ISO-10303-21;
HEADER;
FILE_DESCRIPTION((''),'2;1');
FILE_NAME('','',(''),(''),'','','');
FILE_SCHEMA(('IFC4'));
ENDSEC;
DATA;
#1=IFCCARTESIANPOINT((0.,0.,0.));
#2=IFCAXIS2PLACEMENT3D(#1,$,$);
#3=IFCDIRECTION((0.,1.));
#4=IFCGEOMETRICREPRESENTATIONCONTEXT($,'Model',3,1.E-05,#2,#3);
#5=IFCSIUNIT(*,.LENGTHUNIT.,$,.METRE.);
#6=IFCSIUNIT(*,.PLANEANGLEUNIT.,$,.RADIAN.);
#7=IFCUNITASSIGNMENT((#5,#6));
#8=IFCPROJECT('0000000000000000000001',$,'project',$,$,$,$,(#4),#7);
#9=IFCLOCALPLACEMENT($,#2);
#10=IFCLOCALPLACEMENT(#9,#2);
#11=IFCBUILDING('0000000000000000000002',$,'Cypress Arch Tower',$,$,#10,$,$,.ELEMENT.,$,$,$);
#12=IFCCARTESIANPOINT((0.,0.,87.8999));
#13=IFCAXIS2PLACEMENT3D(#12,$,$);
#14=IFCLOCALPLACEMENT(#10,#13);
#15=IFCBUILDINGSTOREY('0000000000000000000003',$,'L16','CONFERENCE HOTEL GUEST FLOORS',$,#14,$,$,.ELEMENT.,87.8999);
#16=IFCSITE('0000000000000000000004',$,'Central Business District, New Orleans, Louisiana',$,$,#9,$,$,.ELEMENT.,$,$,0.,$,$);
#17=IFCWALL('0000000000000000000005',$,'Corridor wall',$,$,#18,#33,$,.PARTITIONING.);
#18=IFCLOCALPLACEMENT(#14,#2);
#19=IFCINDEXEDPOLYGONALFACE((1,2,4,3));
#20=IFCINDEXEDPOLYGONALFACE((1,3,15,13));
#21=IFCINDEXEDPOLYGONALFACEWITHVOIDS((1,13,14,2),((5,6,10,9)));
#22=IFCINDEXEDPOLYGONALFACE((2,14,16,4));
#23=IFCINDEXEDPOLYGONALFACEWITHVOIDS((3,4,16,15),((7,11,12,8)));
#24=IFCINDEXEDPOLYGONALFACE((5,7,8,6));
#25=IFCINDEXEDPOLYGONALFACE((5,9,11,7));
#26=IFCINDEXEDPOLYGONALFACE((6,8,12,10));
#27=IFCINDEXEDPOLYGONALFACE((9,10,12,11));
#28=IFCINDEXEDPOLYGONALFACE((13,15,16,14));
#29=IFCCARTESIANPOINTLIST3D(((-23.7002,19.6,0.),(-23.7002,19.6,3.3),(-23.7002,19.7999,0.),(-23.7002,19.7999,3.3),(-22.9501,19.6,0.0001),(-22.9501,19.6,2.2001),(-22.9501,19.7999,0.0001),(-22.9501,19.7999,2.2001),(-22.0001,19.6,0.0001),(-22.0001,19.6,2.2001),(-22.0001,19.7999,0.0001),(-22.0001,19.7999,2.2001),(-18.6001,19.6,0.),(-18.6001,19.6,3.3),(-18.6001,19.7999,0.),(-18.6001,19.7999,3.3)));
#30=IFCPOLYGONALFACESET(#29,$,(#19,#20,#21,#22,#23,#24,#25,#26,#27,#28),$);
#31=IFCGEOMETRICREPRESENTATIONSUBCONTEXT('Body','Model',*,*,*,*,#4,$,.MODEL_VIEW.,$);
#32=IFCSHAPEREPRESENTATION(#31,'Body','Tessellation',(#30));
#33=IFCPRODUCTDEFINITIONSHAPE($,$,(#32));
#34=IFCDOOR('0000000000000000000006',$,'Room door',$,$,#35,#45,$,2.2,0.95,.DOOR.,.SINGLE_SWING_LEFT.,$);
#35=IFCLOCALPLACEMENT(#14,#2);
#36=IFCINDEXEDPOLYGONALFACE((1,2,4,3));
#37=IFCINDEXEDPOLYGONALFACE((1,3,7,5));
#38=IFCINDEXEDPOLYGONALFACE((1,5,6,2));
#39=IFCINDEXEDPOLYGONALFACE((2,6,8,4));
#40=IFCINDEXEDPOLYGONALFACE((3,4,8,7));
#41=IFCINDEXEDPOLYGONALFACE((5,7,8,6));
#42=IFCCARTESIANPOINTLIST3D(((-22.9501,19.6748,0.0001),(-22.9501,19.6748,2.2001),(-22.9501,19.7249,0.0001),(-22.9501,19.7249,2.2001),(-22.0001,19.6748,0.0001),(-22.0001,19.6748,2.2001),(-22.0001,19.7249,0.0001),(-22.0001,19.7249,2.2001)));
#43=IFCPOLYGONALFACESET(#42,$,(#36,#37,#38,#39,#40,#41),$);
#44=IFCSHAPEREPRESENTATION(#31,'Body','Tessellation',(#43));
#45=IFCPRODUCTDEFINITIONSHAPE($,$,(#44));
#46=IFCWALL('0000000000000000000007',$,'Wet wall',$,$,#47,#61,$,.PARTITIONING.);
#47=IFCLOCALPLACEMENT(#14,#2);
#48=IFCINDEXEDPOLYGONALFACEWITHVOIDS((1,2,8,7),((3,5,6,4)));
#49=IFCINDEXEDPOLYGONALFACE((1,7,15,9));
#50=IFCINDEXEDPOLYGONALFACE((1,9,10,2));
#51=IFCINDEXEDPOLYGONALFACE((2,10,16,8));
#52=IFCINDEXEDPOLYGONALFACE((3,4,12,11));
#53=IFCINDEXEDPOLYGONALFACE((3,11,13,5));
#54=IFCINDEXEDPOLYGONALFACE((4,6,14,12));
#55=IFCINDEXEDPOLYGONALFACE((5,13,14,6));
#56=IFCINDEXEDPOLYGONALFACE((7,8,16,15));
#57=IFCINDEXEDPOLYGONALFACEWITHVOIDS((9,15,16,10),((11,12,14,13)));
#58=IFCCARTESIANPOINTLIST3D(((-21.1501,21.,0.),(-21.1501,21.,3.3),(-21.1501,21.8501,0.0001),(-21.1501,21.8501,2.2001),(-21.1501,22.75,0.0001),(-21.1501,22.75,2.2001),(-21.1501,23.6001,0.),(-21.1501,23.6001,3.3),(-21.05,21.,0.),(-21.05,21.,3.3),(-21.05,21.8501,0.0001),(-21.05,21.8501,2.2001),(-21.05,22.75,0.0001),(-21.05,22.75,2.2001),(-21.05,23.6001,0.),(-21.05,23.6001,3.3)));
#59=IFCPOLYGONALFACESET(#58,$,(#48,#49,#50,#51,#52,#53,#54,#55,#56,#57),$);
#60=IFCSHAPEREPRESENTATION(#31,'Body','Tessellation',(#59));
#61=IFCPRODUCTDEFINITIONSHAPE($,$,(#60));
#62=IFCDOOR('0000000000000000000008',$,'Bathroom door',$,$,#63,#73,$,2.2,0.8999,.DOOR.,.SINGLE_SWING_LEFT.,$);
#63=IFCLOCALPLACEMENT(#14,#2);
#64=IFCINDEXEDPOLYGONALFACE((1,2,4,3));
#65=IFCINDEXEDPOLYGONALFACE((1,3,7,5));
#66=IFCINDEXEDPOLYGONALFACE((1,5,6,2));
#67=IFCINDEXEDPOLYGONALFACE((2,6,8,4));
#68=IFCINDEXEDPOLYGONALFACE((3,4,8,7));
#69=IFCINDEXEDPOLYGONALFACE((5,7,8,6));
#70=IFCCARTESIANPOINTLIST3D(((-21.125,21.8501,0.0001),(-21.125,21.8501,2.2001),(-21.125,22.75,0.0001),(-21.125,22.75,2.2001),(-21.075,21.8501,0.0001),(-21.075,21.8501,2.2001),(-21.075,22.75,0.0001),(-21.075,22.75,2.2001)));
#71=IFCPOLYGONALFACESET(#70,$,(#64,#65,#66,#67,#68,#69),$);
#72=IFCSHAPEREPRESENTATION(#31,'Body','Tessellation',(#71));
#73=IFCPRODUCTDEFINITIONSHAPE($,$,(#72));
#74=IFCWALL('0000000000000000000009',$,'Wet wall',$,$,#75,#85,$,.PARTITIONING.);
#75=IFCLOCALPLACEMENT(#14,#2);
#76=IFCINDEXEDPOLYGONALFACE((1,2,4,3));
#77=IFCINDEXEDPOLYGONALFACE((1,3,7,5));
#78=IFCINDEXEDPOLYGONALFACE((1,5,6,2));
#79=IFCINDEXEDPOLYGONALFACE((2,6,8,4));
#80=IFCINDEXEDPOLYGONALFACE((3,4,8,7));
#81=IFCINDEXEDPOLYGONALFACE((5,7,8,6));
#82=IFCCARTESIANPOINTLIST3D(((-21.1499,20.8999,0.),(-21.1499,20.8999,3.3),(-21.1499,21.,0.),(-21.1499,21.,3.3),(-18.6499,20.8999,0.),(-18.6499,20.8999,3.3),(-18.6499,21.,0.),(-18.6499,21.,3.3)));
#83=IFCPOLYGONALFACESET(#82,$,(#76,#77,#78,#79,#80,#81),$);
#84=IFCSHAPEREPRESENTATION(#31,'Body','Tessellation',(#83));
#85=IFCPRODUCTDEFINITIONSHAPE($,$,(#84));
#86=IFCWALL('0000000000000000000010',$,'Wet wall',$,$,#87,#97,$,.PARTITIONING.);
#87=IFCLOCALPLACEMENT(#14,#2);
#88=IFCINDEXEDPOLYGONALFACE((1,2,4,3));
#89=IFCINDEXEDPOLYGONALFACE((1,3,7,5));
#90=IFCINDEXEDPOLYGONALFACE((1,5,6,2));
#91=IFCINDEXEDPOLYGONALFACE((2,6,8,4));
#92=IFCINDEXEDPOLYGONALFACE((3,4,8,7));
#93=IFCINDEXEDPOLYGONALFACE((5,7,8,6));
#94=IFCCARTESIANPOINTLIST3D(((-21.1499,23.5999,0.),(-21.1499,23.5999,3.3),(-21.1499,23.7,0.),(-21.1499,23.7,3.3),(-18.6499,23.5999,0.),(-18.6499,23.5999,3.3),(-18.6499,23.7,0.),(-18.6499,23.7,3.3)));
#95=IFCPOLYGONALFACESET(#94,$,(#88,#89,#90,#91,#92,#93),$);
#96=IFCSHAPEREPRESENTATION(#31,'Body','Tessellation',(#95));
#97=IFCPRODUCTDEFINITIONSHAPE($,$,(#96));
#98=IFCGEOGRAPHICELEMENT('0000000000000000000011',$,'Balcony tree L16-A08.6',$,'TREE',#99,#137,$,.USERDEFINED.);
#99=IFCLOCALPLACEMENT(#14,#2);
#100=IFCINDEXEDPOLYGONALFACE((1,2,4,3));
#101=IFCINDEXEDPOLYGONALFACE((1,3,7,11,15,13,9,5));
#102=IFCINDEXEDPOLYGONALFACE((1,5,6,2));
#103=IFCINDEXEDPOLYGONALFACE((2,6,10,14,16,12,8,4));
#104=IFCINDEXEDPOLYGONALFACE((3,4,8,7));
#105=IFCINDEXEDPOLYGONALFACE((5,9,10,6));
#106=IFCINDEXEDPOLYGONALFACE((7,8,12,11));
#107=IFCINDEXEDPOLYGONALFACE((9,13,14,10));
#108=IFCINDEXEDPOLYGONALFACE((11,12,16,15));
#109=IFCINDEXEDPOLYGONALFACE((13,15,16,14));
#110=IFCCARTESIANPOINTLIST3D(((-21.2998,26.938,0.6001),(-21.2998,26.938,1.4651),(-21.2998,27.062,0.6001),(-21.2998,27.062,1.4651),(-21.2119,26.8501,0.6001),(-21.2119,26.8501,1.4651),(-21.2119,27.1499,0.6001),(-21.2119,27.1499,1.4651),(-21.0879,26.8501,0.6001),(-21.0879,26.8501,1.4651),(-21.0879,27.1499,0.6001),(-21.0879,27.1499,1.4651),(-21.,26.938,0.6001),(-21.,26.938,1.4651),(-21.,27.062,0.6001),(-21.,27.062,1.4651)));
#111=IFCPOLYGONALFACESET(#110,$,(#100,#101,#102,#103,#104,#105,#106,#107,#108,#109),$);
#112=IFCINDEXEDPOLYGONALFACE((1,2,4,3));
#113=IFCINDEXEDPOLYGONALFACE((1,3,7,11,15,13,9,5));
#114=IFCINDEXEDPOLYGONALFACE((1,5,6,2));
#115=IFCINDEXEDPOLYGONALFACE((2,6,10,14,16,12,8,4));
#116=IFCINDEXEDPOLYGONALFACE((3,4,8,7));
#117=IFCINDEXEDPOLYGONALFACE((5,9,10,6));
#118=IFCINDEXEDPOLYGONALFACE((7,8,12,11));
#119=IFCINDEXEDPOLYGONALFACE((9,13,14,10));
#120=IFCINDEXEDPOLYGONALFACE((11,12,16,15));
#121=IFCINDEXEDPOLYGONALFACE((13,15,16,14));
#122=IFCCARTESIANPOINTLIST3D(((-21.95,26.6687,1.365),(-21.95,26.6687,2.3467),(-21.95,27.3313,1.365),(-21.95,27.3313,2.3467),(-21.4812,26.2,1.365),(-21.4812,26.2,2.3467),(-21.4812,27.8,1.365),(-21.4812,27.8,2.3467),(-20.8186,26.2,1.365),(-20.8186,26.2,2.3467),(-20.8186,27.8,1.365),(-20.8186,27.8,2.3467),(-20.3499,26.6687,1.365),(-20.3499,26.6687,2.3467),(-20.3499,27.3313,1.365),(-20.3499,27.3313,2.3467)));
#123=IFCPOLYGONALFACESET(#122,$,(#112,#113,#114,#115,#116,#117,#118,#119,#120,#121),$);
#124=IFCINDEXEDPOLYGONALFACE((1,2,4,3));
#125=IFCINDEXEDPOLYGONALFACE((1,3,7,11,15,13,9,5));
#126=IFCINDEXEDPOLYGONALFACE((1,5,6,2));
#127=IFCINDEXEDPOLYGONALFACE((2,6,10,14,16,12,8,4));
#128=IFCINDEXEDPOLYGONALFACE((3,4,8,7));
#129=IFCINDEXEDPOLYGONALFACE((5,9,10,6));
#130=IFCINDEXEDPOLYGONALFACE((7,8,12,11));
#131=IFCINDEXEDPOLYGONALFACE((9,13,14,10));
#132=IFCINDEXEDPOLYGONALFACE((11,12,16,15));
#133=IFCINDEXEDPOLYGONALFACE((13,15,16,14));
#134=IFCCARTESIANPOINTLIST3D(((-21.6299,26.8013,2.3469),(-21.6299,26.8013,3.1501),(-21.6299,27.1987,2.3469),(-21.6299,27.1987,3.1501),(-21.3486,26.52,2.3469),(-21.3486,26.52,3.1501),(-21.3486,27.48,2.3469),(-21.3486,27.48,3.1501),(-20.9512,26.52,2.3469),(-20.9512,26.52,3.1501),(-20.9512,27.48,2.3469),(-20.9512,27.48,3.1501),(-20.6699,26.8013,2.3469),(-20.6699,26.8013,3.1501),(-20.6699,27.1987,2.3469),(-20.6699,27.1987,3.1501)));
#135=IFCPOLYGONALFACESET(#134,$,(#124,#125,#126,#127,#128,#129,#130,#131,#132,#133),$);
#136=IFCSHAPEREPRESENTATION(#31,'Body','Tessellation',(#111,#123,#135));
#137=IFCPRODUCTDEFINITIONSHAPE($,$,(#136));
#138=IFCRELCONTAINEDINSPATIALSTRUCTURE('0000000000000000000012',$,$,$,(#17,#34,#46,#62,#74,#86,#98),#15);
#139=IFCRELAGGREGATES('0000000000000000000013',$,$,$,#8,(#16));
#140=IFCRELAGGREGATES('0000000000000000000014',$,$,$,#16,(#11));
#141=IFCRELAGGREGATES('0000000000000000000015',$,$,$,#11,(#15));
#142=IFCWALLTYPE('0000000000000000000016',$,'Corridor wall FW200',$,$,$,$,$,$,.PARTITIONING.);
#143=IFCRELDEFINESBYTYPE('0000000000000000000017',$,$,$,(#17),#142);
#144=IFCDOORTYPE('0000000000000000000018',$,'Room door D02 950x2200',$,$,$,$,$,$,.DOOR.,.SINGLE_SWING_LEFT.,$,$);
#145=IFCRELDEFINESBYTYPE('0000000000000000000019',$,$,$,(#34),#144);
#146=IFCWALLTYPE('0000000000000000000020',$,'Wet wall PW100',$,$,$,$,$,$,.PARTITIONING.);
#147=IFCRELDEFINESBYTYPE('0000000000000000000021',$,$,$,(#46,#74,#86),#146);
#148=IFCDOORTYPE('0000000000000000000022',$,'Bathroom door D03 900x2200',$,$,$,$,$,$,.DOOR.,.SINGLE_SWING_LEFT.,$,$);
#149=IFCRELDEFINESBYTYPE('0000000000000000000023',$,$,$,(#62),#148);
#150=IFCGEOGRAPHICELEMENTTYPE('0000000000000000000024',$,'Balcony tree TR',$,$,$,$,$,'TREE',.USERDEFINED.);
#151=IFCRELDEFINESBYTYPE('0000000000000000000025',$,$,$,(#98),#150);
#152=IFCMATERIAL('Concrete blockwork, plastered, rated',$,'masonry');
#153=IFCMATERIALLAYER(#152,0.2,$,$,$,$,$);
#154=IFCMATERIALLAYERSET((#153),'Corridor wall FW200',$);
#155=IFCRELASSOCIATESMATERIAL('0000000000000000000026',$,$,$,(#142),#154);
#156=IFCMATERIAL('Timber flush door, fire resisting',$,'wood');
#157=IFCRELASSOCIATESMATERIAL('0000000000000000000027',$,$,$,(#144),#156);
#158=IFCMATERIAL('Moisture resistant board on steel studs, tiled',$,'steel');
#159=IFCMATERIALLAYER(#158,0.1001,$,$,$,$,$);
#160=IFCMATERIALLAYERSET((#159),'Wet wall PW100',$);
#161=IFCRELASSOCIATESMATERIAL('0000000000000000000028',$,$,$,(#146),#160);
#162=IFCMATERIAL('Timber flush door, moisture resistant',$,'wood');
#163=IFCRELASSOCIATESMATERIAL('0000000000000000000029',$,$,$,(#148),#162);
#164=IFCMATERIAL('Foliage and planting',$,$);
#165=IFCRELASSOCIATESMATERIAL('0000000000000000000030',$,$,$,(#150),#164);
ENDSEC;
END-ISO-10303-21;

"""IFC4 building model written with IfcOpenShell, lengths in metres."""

from ifc_helpers import new_model, si_unit, direction, frame, frame_2d, origin, place, context, subcontext, project, spatial, polyline, rectangle, outline, extrude, material, layer, layer_set, type_object, element, fill, save


model = new_model("IFC4")

# Units and contexts
model_context = context("Model", 3, precision=1e-05, world=origin(), true_north=direction((0.0, 1.0)))
body_context = subcontext(model_context, "Body", "Model", "MODEL_VIEW")
ifc_project = project(units=[si_unit("LENGTHUNIT", "METRE"), si_unit("PLANEANGLEUNIT", "RADIAN")], contexts=[model_context])

# Site, building, storey
site_placement = place(None, origin())
site = spatial("IfcSite", under=ifc_project, at=site_placement, Name="Central Business District, New Orleans, Louisiana", CompositionType="ELEMENT", RefElevation=0.0)
building_placement = place(site_placement, origin())
building = spatial("IfcBuilding", under=site, at=building_placement, Name="Cypress Arch Tower", CompositionType="ELEMENT")
storey_placement = place(building_placement, frame((0.0, 0.0, 87.8999)))
storey = spatial("IfcBuildingStorey", under=building, at=storey_placement, Name="L16", Description="CONFERENCE HOTEL GUEST FLOORS", CompositionType="ELEMENT", Elevation=87.8999)

# Walls, openings, doors
ifc_material_1 = material(Name="Concrete blockwork, plastered, rated", Category="masonry")
ifc_layer_1 = layer(ifc_material_1, 0.2)
ifc_layer_set_1 = layer_set([ifc_layer_1], Name="Corridor wall FW200")
wall_type_1 = type_object("IfcWallType", Name="Corridor wall FW200", PredefinedType="PARTITIONING", material=ifc_layer_set_1)
wall_1_placement = place(storey_placement, frame((-23.7002, 19.7, 0.0), z_axis=(0.0, 0.0, 1.0), x_axis=(1.0, 0.0, 0.0)))
wall_1 = element("IfcWall", 1, at=wall_1_placement, inside=storey, type_object=wall_type_1, Name="Corridor wall", PredefinedType="PARTITIONING", context=body_context, shape_type="SweptSolid", body=[
    extrude(rectangle(XDim=5.1001, YDim=0.2, at=frame_2d((2.55, 0.0))), origin(), (0.0, 0.0, 1.0), 3.3),
])
opening_1_placement = place(wall_1_placement, frame((0.75, 0.0, 0.0)))
opening_1 = element("IfcOpeningElement", 2, at=opening_1_placement, cuts=wall_1, PredefinedType="OPENING", context=body_context, shape_type="SweptSolid", body=[
    extrude(rectangle(XDim=0.95, YDim=2.2, at=frame_2d((0.4751, 1.1001))), frame((0.0, 0.1099, 0.0), z_axis=(0.0, -1.0, 0.0), x_axis=(1.0, 0.0, 0.0)), (0.0, 0.0, 1.0), 0.22),
])
ifc_material_2 = material(Name="Timber flush door, fire resisting", Category="wood")
door_type_1 = type_object("IfcDoorType", Name="Room door D02 950x2200", OperationType="SINGLE_SWING_LEFT", PredefinedType="DOOR", material=ifc_material_2)
door_1_placement = place(opening_1_placement, origin())
door_1 = element("IfcDoor", 3, at=door_1_placement, inside=storey, type_object=door_type_1, Name="Room door", OperationType="SINGLE_SWING_LEFT", OverallHeight=2.2, OverallWidth=0.95, PredefinedType="DOOR", context=body_context, shape_type="SweptSolid", body=[
    extrude(rectangle(XDim=0.95, YDim=2.2, at=frame_2d((0.4751, 1.1001))), frame((0.0, 0.0249, 0.0), z_axis=(0.0, -1.0, 0.0), x_axis=(1.0, 0.0, 0.0)), (0.0, 0.0, 1.0), 0.05),
])
fill(opening_1, door_1)
ifc_material_3 = material(Name="Moisture resistant board on steel studs, tiled", Category="steel")
ifc_layer_2 = layer(ifc_material_3, 0.1001)
ifc_layer_set_2 = layer_set([ifc_layer_2], Name="Wet wall PW100")
wall_type_2 = type_object("IfcWallType", Name="Wet wall PW100", PredefinedType="PARTITIONING", material=ifc_layer_set_2)
wall_2_placement = place(storey_placement, frame((-21.1001, 21.0, 0.0), z_axis=(0.0, 0.0, 1.0), x_axis=(0.0, 1.0, 0.0)))
wall_2 = element("IfcWall", 4, at=wall_2_placement, inside=storey, type_object=wall_type_2, Name="Wet wall", PredefinedType="PARTITIONING", context=body_context, shape_type="SweptSolid", body=[
    extrude(rectangle(XDim=2.6001, YDim=0.1001, at=frame_2d((1.3, 0.0))), origin(), (0.0, 0.0, 1.0), 3.3),
])
opening_2_placement = place(wall_2_placement, frame((0.8501, 0.0, 0.0)))
opening_2 = element("IfcOpeningElement", 5, at=opening_2_placement, cuts=wall_2, PredefinedType="OPENING", context=body_context, shape_type="SweptSolid", body=[
    extrude(rectangle(XDim=0.8999, YDim=2.2, at=frame_2d((0.45, 1.1001))), frame((0.0, 0.0601, 0.0), z_axis=(0.0, -1.0, 0.0), x_axis=(1.0, 0.0, 0.0)), (0.0, 0.0, 1.0), 0.1201),
])
ifc_material_4 = material(Name="Timber flush door, moisture resistant", Category="wood")
door_type_2 = type_object("IfcDoorType", Name="Bathroom door D03 900x2200", OperationType="SINGLE_SWING_LEFT", PredefinedType="DOOR", material=ifc_material_4)
door_2_placement = place(opening_2_placement, origin())
door_2 = element("IfcDoor", 6, at=door_2_placement, inside=storey, type_object=door_type_2, Name="Bathroom door", OperationType="SINGLE_SWING_LEFT", OverallHeight=2.2, OverallWidth=0.8999, PredefinedType="DOOR", context=body_context, shape_type="SweptSolid", body=[
    extrude(rectangle(XDim=0.8999, YDim=2.2, at=frame_2d((0.45, 1.1001))), frame((0.0, 0.0249, 0.0), z_axis=(0.0, -1.0, 0.0), x_axis=(1.0, 0.0, 0.0)), (0.0, 0.0, 1.0), 0.05),
])
fill(opening_2, door_2)

# Walls
for number, where, z_axis, x_axis, name in (
    (7, (-21.1499, 20.95, 0.0), (0.0, 0.0, 1.0), (1.0, 0.0, 0.0), "Wet wall"),
    (8, (-21.1499, 23.6499, 0.0), (0.0, 0.0, 1.0), (1.0, 0.0, 0.0), "Wet wall"),
):
    element("IfcWall", number, at=place(storey_placement, frame(where, z_axis=z_axis, x_axis=x_axis)), inside=storey, type_object=wall_type_2, Name=name, PredefinedType="PARTITIONING", context=body_context, shape_type="SweptSolid", body=[
        extrude(rectangle(XDim=2.5, YDim=0.1001, at=frame_2d((1.25, 0.0))), origin(), (0.0, 0.0, 1.0), 3.3),
    ])

# Geographic element
ifc_material_5 = material(Name="Foliage and planting")
geographic_element_type = type_object("IfcGeographicElementType", Name="Balcony tree TR", ElementType="TREE", PredefinedType="USERDEFINED", material=ifc_material_5)
geographic_element_placement = place(storey_placement, frame((-21.1499, 27.0, 0.6001), z_axis=(0.0, 0.0, 1.0), x_axis=(1.0, 0.0, 0.0)))
element("IfcGeographicElement", 9, at=geographic_element_placement, inside=storey, type_object=geographic_element_type, Name="Balcony tree L16-A08.6", ObjectType="TREE", PredefinedType="USERDEFINED", context=body_context, shape_type="SweptSolid", body=[
    extrude(outline(polyline([(0.1499, 0.062), (0.062, 0.1499), (-0.062, 0.1499), (-0.1499, 0.062), (-0.1499, -0.062), (-0.062, -0.1499), (0.062, -0.1499), (0.1499, -0.062), (0.1499, 0.062)])), origin(), (0.0, 0.0, 1.0), 0.865),
    extrude(outline(polyline([(0.8, 0.3313), (0.3313, 0.8), (-0.3313, 0.8), (-0.8, 0.3313), (-0.8, -0.3313), (-0.3313, -0.8), (0.3313, -0.8), (0.8, -0.3313), (0.8, 0.3313)])), frame((0.0, 0.0, 0.7649)), (0.0, 0.0, 1.0), 0.9817),
    extrude(outline(polyline([(0.48, 0.1987), (0.1987, 0.48), (-0.1987, 0.48), (-0.48, 0.1987), (-0.48, -0.1987), (-0.1987, -0.48), (0.1987, -0.48), (0.48, -0.1987), (0.48, 0.1987)])), frame((0.0, 0.0, 1.7468)), (0.0, 0.0, 1.0), 0.8032),
])

save(model, "model.ifc")
